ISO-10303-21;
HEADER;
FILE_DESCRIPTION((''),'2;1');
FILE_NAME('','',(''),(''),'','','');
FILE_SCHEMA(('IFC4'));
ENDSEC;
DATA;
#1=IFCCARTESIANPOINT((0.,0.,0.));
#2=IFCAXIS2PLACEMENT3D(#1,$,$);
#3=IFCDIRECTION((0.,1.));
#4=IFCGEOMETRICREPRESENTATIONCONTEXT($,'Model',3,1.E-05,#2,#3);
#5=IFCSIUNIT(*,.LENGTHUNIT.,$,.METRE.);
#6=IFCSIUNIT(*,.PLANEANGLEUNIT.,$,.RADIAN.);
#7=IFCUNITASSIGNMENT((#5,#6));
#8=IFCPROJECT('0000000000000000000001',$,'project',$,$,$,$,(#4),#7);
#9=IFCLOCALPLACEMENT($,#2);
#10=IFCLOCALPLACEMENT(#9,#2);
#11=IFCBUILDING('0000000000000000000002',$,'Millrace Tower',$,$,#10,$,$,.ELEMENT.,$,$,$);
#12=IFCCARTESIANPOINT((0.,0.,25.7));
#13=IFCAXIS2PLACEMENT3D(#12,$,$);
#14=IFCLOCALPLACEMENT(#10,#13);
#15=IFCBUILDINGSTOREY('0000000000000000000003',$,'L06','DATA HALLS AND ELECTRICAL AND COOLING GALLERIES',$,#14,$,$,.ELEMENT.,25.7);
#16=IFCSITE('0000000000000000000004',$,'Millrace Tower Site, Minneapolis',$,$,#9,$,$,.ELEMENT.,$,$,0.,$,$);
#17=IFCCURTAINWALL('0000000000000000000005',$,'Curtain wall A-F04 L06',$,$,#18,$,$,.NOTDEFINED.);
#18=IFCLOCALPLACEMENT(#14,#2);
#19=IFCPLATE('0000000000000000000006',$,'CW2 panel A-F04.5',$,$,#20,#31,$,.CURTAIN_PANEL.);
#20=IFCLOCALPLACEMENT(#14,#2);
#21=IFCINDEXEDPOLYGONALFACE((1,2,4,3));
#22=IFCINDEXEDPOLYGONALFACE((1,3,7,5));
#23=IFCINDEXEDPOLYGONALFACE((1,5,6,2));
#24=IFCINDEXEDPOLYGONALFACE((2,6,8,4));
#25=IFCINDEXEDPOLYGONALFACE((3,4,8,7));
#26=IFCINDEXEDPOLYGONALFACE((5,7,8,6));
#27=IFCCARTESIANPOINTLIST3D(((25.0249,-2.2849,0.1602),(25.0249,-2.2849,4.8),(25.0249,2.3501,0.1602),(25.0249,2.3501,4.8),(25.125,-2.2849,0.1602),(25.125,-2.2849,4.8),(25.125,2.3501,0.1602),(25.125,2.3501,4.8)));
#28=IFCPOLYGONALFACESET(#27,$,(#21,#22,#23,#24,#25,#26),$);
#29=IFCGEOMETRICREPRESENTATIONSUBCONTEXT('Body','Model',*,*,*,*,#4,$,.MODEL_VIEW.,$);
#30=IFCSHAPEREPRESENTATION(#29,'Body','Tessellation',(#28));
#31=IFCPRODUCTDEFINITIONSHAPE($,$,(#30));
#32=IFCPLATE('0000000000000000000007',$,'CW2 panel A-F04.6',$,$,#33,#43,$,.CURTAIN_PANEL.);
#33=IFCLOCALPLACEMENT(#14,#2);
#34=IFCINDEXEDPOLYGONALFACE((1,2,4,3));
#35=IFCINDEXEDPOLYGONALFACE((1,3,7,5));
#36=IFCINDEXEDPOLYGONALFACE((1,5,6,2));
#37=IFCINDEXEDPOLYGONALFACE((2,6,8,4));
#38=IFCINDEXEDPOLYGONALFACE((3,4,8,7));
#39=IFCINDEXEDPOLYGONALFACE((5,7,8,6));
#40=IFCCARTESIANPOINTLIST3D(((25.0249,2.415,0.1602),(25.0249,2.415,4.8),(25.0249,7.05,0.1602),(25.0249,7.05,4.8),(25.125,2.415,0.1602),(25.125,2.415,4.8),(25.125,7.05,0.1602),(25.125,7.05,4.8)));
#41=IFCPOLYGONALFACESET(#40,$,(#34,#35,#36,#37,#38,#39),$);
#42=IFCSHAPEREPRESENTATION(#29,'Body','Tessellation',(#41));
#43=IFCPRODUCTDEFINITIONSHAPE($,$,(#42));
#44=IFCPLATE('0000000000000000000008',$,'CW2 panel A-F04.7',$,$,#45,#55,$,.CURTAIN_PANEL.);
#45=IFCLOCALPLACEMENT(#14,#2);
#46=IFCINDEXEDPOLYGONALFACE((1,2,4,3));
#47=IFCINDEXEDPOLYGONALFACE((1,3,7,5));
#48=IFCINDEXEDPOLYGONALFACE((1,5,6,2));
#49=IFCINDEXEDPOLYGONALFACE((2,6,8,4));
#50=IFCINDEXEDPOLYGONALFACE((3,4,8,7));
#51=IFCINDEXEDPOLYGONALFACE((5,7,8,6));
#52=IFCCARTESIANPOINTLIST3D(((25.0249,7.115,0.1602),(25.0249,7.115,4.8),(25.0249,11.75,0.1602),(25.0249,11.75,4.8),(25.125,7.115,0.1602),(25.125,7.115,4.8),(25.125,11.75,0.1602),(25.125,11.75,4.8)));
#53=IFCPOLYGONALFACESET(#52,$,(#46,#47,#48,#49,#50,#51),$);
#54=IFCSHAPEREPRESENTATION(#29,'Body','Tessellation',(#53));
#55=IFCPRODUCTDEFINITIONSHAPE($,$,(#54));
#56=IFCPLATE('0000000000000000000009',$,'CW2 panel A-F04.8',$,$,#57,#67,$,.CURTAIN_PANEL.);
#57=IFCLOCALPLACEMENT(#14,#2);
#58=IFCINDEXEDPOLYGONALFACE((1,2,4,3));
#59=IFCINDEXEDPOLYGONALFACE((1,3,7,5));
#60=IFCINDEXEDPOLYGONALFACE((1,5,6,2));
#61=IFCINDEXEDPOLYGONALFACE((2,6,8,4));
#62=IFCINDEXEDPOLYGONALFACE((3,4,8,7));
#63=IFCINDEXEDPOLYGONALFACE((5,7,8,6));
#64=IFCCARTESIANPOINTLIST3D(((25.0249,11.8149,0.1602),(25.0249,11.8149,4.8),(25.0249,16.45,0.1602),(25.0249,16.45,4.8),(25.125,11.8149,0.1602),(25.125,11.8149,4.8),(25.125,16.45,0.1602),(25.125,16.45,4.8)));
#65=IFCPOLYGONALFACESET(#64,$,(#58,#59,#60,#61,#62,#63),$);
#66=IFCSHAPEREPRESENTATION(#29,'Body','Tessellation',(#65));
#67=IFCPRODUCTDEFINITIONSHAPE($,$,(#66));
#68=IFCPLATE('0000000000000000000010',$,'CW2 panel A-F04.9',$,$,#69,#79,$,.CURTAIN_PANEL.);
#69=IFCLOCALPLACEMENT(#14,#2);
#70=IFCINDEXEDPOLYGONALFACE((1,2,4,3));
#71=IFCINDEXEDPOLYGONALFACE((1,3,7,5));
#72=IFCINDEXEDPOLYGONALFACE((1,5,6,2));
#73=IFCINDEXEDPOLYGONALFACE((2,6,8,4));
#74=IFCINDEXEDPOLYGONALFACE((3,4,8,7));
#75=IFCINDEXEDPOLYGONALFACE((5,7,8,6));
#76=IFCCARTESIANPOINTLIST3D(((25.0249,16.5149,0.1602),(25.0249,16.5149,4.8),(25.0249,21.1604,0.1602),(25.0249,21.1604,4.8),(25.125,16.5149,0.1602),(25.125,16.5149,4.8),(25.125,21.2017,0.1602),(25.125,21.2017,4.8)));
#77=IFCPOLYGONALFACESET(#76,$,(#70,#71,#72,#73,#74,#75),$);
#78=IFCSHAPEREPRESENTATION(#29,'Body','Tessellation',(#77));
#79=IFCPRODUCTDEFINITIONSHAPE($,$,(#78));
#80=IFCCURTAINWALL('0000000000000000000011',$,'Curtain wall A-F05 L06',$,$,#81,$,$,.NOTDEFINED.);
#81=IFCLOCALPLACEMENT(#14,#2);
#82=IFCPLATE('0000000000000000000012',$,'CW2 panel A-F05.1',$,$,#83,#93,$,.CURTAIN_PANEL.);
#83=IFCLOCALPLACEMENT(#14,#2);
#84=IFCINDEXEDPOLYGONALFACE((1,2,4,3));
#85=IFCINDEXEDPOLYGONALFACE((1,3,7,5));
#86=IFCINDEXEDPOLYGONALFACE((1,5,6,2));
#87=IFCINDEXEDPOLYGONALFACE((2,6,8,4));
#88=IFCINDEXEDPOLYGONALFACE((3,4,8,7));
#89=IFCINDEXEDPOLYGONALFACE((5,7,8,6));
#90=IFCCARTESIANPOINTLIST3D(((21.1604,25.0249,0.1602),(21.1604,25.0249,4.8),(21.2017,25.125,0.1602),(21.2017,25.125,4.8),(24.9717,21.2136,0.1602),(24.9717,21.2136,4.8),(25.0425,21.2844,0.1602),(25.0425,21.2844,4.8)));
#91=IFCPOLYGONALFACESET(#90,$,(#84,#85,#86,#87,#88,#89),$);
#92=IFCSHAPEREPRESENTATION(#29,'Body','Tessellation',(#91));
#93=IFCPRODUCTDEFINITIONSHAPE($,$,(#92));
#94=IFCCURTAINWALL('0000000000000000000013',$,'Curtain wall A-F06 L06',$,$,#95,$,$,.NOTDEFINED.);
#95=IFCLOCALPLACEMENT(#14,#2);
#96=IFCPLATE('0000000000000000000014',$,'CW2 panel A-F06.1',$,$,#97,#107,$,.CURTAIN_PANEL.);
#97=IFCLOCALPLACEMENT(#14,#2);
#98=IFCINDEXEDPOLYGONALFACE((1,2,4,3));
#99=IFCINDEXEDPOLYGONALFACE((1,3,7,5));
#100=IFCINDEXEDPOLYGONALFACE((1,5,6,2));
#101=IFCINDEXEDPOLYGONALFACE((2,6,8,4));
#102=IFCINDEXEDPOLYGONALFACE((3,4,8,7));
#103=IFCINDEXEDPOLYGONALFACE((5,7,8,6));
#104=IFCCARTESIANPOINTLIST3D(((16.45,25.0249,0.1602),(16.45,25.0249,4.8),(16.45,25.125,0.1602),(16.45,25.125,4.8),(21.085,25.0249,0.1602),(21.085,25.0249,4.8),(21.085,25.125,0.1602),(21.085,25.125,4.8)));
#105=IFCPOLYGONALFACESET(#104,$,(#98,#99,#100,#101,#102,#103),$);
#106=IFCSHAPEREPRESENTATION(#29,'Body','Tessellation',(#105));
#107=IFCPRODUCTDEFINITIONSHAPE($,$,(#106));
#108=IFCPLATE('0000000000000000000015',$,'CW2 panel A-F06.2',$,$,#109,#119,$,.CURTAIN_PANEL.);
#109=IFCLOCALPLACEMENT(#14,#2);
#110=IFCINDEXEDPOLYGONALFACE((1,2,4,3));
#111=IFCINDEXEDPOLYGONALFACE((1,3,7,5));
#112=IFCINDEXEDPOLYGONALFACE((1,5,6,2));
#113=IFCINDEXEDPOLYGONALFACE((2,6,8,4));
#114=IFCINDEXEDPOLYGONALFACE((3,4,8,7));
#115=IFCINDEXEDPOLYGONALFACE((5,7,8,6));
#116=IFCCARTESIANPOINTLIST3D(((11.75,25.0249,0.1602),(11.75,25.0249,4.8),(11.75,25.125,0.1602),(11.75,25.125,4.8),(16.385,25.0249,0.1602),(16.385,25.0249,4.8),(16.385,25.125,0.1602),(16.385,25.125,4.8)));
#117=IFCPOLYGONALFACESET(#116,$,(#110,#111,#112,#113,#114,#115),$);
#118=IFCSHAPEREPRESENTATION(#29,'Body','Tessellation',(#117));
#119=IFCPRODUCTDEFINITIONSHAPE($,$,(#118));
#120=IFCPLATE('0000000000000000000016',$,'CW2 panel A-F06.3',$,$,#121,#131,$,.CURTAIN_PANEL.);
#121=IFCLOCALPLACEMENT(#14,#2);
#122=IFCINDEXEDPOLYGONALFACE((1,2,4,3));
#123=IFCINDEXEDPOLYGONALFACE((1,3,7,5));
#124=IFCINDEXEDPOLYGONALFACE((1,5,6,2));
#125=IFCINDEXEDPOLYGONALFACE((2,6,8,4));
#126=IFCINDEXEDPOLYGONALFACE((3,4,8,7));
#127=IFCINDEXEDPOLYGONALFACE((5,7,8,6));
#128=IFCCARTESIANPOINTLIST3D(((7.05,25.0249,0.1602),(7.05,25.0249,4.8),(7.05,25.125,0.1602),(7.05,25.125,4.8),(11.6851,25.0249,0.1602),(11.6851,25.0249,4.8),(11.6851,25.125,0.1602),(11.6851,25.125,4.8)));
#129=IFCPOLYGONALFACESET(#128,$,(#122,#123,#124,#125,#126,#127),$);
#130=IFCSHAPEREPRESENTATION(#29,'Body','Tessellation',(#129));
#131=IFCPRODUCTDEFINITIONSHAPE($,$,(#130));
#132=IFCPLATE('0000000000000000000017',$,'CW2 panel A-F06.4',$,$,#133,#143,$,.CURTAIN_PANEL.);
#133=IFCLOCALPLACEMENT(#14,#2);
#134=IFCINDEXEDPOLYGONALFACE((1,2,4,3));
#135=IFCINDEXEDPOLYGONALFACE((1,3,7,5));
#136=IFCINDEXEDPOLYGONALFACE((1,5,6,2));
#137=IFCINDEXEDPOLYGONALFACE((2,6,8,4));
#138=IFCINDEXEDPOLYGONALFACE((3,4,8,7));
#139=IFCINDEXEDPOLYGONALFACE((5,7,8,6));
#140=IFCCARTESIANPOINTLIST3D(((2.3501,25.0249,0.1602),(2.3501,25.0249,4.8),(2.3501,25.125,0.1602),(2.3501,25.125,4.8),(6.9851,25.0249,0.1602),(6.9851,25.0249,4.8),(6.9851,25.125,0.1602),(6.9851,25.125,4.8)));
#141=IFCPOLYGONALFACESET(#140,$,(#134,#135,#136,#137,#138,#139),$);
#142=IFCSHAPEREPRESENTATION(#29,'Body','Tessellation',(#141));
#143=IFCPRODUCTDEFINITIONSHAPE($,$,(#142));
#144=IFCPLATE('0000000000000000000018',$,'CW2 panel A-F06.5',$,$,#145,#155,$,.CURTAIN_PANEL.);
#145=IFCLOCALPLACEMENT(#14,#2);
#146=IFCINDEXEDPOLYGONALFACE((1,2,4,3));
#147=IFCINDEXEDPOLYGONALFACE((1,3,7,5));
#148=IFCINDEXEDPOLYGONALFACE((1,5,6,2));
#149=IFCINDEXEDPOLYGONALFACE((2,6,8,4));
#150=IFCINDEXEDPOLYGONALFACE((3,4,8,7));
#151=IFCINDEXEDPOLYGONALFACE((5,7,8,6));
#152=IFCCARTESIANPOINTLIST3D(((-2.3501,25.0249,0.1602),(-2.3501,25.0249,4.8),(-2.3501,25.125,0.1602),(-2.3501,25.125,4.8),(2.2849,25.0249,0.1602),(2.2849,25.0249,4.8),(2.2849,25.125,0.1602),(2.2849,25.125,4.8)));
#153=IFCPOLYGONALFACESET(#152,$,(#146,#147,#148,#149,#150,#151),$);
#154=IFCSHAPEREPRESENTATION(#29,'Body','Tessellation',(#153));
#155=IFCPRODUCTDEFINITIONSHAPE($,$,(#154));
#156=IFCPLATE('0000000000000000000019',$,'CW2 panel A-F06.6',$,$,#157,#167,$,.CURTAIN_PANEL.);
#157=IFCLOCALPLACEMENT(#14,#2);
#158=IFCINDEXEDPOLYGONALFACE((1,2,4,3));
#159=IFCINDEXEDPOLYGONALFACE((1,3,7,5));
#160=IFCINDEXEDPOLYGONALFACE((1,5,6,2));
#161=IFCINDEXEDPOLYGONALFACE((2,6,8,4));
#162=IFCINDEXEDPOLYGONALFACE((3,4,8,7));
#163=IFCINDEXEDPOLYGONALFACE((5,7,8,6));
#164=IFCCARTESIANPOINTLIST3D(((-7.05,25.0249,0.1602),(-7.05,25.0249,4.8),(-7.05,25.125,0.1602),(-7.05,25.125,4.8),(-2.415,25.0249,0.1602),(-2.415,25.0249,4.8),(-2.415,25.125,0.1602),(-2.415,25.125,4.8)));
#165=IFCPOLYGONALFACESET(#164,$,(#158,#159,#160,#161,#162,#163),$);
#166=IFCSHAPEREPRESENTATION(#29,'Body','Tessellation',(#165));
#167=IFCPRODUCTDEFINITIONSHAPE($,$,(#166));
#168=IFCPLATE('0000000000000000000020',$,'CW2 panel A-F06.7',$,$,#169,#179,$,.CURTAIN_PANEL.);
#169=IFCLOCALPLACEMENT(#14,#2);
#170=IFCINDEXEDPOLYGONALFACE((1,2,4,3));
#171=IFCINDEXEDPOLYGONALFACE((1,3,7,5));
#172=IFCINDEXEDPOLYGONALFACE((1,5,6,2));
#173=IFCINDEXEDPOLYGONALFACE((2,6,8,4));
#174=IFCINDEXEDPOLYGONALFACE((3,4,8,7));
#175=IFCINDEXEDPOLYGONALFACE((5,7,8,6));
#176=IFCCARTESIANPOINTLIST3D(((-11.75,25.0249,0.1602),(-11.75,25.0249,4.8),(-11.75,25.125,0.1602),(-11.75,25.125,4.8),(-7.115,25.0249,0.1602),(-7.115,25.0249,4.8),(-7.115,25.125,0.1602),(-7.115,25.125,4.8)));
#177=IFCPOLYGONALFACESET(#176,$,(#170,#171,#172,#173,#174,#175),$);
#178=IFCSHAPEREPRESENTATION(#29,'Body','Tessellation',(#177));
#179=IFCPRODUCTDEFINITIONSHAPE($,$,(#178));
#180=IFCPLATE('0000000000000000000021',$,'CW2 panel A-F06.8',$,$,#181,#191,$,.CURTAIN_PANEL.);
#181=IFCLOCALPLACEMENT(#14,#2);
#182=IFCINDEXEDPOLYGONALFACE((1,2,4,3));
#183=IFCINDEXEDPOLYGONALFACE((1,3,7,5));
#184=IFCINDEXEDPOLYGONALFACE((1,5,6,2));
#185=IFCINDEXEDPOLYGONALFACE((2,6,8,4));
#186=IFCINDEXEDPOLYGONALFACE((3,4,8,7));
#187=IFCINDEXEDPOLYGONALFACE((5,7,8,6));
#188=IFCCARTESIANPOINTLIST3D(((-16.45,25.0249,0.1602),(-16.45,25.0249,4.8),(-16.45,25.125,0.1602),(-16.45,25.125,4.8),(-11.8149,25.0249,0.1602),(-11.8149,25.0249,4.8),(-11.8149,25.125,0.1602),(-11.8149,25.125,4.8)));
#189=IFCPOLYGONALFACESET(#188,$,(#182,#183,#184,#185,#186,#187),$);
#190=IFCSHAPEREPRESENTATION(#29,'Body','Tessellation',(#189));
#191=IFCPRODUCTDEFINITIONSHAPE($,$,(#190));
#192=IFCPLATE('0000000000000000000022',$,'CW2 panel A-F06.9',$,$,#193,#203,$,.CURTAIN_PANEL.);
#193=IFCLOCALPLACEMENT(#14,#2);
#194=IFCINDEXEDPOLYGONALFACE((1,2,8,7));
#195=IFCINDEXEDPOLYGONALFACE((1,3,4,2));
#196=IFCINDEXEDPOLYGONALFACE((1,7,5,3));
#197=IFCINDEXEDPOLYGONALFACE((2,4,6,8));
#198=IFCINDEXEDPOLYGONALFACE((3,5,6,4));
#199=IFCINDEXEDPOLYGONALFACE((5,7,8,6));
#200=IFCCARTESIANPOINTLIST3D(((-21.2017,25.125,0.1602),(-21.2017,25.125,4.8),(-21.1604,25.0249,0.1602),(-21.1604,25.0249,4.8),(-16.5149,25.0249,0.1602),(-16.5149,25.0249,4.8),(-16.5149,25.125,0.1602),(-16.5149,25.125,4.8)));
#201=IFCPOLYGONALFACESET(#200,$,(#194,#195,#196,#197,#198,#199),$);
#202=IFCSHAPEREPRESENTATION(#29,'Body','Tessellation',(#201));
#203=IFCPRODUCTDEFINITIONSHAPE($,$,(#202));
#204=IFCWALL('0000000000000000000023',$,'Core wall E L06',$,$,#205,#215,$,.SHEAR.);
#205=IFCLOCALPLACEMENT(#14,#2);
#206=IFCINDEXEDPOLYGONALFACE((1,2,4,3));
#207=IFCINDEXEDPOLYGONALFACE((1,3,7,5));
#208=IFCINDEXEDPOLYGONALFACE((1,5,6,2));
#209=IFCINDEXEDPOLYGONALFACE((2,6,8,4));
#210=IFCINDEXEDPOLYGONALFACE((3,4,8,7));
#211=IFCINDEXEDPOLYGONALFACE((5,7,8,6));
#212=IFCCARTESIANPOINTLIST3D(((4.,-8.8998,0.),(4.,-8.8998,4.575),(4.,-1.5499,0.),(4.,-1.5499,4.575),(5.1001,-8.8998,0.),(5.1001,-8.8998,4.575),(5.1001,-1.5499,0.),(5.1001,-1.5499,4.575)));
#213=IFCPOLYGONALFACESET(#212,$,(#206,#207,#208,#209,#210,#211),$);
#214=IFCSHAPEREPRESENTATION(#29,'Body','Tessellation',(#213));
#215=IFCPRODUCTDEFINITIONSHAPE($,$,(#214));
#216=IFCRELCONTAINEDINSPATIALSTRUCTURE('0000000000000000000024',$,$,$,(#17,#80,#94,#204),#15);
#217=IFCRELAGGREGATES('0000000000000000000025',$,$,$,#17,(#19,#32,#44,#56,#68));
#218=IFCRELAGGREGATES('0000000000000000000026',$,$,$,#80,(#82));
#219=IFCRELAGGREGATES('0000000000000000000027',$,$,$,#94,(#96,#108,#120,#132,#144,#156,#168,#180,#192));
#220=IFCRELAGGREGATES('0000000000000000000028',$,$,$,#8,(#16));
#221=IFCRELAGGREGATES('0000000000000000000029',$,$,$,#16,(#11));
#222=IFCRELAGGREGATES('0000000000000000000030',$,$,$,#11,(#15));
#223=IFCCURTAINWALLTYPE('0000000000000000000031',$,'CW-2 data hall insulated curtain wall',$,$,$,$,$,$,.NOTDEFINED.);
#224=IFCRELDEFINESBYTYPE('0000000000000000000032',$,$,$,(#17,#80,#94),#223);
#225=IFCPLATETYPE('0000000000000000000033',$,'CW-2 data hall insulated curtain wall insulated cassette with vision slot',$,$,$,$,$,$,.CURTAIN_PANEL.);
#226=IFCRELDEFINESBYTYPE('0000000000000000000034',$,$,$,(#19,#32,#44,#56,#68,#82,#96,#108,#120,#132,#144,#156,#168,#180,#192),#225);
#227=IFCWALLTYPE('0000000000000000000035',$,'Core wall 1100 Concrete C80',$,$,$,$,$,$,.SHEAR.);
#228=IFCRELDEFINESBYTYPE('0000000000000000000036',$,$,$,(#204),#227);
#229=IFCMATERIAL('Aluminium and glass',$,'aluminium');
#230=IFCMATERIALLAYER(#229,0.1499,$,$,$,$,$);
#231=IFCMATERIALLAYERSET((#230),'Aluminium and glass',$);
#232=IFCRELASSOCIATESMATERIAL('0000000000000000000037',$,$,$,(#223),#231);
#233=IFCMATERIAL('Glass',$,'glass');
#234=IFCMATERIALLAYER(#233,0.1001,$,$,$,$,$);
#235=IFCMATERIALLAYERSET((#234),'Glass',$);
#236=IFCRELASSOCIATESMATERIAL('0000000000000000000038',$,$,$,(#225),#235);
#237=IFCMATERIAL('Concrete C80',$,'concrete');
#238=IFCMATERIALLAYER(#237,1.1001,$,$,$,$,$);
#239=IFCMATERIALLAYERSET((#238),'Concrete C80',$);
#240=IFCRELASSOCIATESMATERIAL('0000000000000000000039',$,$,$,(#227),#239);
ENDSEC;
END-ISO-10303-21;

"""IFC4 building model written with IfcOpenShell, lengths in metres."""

from ifc_helpers import new_model, si_unit, direction, frame, frame_2d, origin, place, context, subcontext, project, spatial, polyline, rectangle, outline, extrude, material, layer, layer_set, type_object, element, aggregate, save


model = new_model("IFC4")

# Units and contexts
model_context = context("Model", 3, precision=1e-05, world=origin(), true_north=direction((0.0, 1.0)))
body_context = subcontext(model_context, "Body", "Model", "MODEL_VIEW")
ifc_project = project(units=[si_unit("LENGTHUNIT", "METRE"), si_unit("PLANEANGLEUNIT", "RADIAN")], contexts=[model_context])

# Site, building, storey
site_placement = place(None, origin())
site = spatial("IfcSite", under=ifc_project, at=site_placement, Name="Millrace Tower Site, Minneapolis", CompositionType="ELEMENT", RefElevation=0.0)
building_placement = place(site_placement, origin())
building = spatial("IfcBuilding", under=site, at=building_placement, Name="Millrace Tower", CompositionType="ELEMENT")
storey_placement = place(building_placement, frame((0.0, 0.0, 25.7)))
storey = spatial("IfcBuildingStorey", under=building, at=storey_placement, Name="L06", Description="DATA HALLS AND ELECTRICAL AND COOLING GALLERIES", CompositionType="ELEMENT", Elevation=25.7)

# Curtain wall, plates
ifc_material_1 = material(Name="Aluminium and glass", Category="aluminium")
ifc_layer_1 = layer(ifc_material_1, 0.1499)
ifc_layer_set_1 = layer_set([ifc_layer_1], Name="Aluminium and glass")
curtain_wall_type = type_object("IfcCurtainWallType", Name="CW-2 data hall insulated curtain wall", PredefinedType="NOTDEFINED", material=ifc_layer_set_1)
placement_1 = place(storey_placement, origin())
curtain_wall_1 = element("IfcCurtainWall", 1, at=placement_1, inside=storey, type_object=curtain_wall_type, Name="Curtain wall A-F04 L06", PredefinedType="NOTDEFINED")
ifc_material_2 = material(Name="Glass", Category="glass")
ifc_layer_2 = layer(ifc_material_2, 0.1001)
ifc_layer_set_2 = layer_set([ifc_layer_2], Name="Glass")
plate_type = type_object("IfcPlateType", Name="CW-2 data hall insulated curtain wall insulated cassette with vision slot", PredefinedType="CURTAIN_PANEL", material=ifc_layer_set_2)
placement_2 = place(storey_placement, frame((0.0, 0.0, 0.1602)))
plate_1 = element("IfcPlate", 2, at=placement_2, type_object=plate_type, Name="CW2 panel A-F04.5", PredefinedType="CURTAIN_PANEL", context=body_context, shape_type="SweptSolid", body=[
    extrude(outline(polyline([(25.125, -2.2849), (25.125, 2.3501), (25.0249, 2.3501), (25.0249, -2.2849), (25.125, -2.2849)])), origin(), (0.0, 0.0, 1.0), 4.6399),
])
plate_2 = element("IfcPlate", 3, at=placement_2, type_object=plate_type, Name="CW2 panel A-F04.6", PredefinedType="CURTAIN_PANEL", context=body_context, shape_type="SweptSolid", body=[
    extrude(outline(polyline([(25.125, 2.415), (25.125, 7.05), (25.0249, 7.05), (25.0249, 2.415), (25.125, 2.415)])), origin(), (0.0, 0.0, 1.0), 4.6399),
])
plate_3 = element("IfcPlate", 4, at=placement_2, type_object=plate_type, Name="CW2 panel A-F04.7", PredefinedType="CURTAIN_PANEL", context=body_context, shape_type="SweptSolid", body=[
    extrude(outline(polyline([(25.125, 7.115), (25.125, 11.75), (25.0249, 11.75), (25.0249, 7.115), (25.125, 7.115)])), origin(), (0.0, 0.0, 1.0), 4.6399),
])
plate_4 = element("IfcPlate", 5, at=placement_2, type_object=plate_type, Name="CW2 panel A-F04.8", PredefinedType="CURTAIN_PANEL", context=body_context, shape_type="SweptSolid", body=[
    extrude(outline(polyline([(25.125, 11.8149), (25.125, 16.45), (25.0249, 16.45), (25.0249, 11.8149), (25.125, 11.8149)])), origin(), (0.0, 0.0, 1.0), 4.6399),
])
plate_5 = element("IfcPlate", 6, at=placement_2, type_object=plate_type, Name="CW2 panel A-F04.9", PredefinedType="CURTAIN_PANEL", context=body_context, shape_type="SweptSolid", body=[
    extrude(outline(polyline([(25.125, 16.5149), (25.125, 21.2017), (25.0249, 21.1604), (25.0249, 16.5149), (25.125, 16.5149)])), origin(), (0.0, 0.0, 1.0), 4.6399),
])
aggregate(curtain_wall_1, [plate_1, plate_2, plate_3, plate_4, plate_5])

# Curtain wall, plate
curtain_wall_2 = element("IfcCurtainWall", 7, at=placement_1, inside=storey, type_object=curtain_wall_type, Name="Curtain wall A-F05 L06", PredefinedType="NOTDEFINED")
plate_6 = element("IfcPlate", 8, at=placement_2, type_object=plate_type, Name="CW2 panel A-F05.1", PredefinedType="CURTAIN_PANEL", context=body_context, shape_type="SweptSolid", body=[
    extrude(outline(polyline([(25.0425, 21.2844), (21.2017, 25.125), (21.1604, 25.0249), (24.9717, 21.2136), (25.0425, 21.2844)])), origin(), (0.0, 0.0, 1.0), 4.6399),
])
aggregate(curtain_wall_2, [plate_6])

# Curtain wall, plates
curtain_wall_3 = element("IfcCurtainWall", 9, at=placement_1, inside=storey, type_object=curtain_wall_type, Name="Curtain wall A-F06 L06", PredefinedType="NOTDEFINED")
plate_7 = element("IfcPlate", 10, at=placement_2, type_object=plate_type, Name="CW2 panel A-F06.1", PredefinedType="CURTAIN_PANEL", context=body_context, shape_type="SweptSolid", body=[
    extrude(outline(polyline([(21.085, 25.125), (16.45, 25.125), (16.45, 25.0249), (21.085, 25.0249), (21.085, 25.125)])), origin(), (0.0, 0.0, 1.0), 4.6399),
])
plate_8 = element("IfcPlate", 11, at=placement_2, type_object=plate_type, Name="CW2 panel A-F06.2", PredefinedType="CURTAIN_PANEL", context=body_context, shape_type="SweptSolid", body=[
    extrude(outline(polyline([(16.385, 25.125), (11.75, 25.125), (11.75, 25.0249), (16.385, 25.0249), (16.385, 25.125)])), origin(), (0.0, 0.0, 1.0), 4.6399),
])
plate_9 = element("IfcPlate", 12, at=placement_2, type_object=plate_type, Name="CW2 panel A-F06.3", PredefinedType="CURTAIN_PANEL", context=body_context, shape_type="SweptSolid", body=[
    extrude(outline(polyline([(11.6851, 25.125), (7.05, 25.125), (7.05, 25.0249), (11.6851, 25.0249), (11.6851, 25.125)])), origin(), (0.0, 0.0, 1.0), 4.6399),
])
plate_10 = element("IfcPlate", 13, at=placement_2, type_object=plate_type, Name="CW2 panel A-F06.4", PredefinedType="CURTAIN_PANEL", context=body_context, shape_type="SweptSolid", body=[
    extrude(outline(polyline([(6.9851, 25.125), (2.3501, 25.125), (2.3501, 25.0249), (6.9851, 25.0249), (6.9851, 25.125)])), origin(), (0.0, 0.0, 1.0), 4.6399),
])
plate_11 = element("IfcPlate", 14, at=placement_2, type_object=plate_type, Name="CW2 panel A-F06.5", PredefinedType="CURTAIN_PANEL", context=body_context, shape_type="SweptSolid", body=[
    extrude(outline(polyline([(2.2849, 25.125), (-2.3501, 25.125), (-2.3501, 25.0249), (2.2849, 25.0249), (2.2849, 25.125)])), origin(), (0.0, 0.0, 1.0), 4.6399),
])
plate_12 = element("IfcPlate", 15, at=placement_2, type_object=plate_type, Name="CW2 panel A-F06.6", PredefinedType="CURTAIN_PANEL", context=body_context, shape_type="SweptSolid", body=[
    extrude(outline(polyline([(-2.415, 25.125), (-7.05, 25.125), (-7.05, 25.0249), (-2.415, 25.0249), (-2.415, 25.125)])), origin(), (0.0, 0.0, 1.0), 4.6399),
])
plate_13 = element("IfcPlate", 16, at=placement_2, type_object=plate_type, Name="CW2 panel A-F06.7", PredefinedType="CURTAIN_PANEL", context=body_context, shape_type="SweptSolid", body=[
    extrude(outline(polyline([(-7.115, 25.125), (-11.75, 25.125), (-11.75, 25.0249), (-7.115, 25.0249), (-7.115, 25.125)])), origin(), (0.0, 0.0, 1.0), 4.6399),
])
plate_14 = element("IfcPlate", 17, at=placement_2, type_object=plate_type, Name="CW2 panel A-F06.8", PredefinedType="CURTAIN_PANEL", context=body_context, shape_type="SweptSolid", body=[
    extrude(outline(polyline([(-11.8149, 25.125), (-16.45, 25.125), (-16.45, 25.0249), (-11.8149, 25.0249), (-11.8149, 25.125)])), origin(), (0.0, 0.0, 1.0), 4.6399),
])
plate_15 = element("IfcPlate", 18, at=placement_2, type_object=plate_type, Name="CW2 panel A-F06.9", PredefinedType="CURTAIN_PANEL", context=body_context, shape_type="SweptSolid", body=[
    extrude(outline(polyline([(-16.5149, 25.125), (-21.2017, 25.125), (-21.1604, 25.0249), (-16.5149, 25.0249), (-16.5149, 25.125)])), origin(), (0.0, 0.0, 1.0), 4.6399),
])
aggregate(curtain_wall_3, [plate_7, plate_8, plate_9, plate_10, plate_11, plate_12, plate_13, plate_14, plate_15])

# Wall
ifc_material_3 = material(Name="Concrete C80", Category="concrete")
ifc_layer_3 = layer(ifc_material_3, 1.1001)
ifc_layer_set_3 = layer_set([ifc_layer_3], Name="Concrete C80")
wall_type_1 = type_object("IfcWallType", Name="Core wall 1100 Concrete C80", PredefinedType="SHEAR", material=ifc_layer_set_3)
wall_1_placement = place(storey_placement, frame((4.55, -1.55, 0.0), z_axis=(0.0, 0.0, 1.0), x_axis=(0.0, -1.0, 0.0)))
element("IfcWall", 19, at=wall_1_placement, inside=storey, type_object=wall_type_1, Name="Core wall E L06", PredefinedType="SHEAR", context=body_context, shape_type="SweptSolid", body=[
    extrude(rectangle(XDim=7.3499, YDim=1.1001, at=frame_2d((3.6748, 0.0))), origin(), (0.0, 0.0, 1.0), 4.575),
])

save(model, "model.ifc")
